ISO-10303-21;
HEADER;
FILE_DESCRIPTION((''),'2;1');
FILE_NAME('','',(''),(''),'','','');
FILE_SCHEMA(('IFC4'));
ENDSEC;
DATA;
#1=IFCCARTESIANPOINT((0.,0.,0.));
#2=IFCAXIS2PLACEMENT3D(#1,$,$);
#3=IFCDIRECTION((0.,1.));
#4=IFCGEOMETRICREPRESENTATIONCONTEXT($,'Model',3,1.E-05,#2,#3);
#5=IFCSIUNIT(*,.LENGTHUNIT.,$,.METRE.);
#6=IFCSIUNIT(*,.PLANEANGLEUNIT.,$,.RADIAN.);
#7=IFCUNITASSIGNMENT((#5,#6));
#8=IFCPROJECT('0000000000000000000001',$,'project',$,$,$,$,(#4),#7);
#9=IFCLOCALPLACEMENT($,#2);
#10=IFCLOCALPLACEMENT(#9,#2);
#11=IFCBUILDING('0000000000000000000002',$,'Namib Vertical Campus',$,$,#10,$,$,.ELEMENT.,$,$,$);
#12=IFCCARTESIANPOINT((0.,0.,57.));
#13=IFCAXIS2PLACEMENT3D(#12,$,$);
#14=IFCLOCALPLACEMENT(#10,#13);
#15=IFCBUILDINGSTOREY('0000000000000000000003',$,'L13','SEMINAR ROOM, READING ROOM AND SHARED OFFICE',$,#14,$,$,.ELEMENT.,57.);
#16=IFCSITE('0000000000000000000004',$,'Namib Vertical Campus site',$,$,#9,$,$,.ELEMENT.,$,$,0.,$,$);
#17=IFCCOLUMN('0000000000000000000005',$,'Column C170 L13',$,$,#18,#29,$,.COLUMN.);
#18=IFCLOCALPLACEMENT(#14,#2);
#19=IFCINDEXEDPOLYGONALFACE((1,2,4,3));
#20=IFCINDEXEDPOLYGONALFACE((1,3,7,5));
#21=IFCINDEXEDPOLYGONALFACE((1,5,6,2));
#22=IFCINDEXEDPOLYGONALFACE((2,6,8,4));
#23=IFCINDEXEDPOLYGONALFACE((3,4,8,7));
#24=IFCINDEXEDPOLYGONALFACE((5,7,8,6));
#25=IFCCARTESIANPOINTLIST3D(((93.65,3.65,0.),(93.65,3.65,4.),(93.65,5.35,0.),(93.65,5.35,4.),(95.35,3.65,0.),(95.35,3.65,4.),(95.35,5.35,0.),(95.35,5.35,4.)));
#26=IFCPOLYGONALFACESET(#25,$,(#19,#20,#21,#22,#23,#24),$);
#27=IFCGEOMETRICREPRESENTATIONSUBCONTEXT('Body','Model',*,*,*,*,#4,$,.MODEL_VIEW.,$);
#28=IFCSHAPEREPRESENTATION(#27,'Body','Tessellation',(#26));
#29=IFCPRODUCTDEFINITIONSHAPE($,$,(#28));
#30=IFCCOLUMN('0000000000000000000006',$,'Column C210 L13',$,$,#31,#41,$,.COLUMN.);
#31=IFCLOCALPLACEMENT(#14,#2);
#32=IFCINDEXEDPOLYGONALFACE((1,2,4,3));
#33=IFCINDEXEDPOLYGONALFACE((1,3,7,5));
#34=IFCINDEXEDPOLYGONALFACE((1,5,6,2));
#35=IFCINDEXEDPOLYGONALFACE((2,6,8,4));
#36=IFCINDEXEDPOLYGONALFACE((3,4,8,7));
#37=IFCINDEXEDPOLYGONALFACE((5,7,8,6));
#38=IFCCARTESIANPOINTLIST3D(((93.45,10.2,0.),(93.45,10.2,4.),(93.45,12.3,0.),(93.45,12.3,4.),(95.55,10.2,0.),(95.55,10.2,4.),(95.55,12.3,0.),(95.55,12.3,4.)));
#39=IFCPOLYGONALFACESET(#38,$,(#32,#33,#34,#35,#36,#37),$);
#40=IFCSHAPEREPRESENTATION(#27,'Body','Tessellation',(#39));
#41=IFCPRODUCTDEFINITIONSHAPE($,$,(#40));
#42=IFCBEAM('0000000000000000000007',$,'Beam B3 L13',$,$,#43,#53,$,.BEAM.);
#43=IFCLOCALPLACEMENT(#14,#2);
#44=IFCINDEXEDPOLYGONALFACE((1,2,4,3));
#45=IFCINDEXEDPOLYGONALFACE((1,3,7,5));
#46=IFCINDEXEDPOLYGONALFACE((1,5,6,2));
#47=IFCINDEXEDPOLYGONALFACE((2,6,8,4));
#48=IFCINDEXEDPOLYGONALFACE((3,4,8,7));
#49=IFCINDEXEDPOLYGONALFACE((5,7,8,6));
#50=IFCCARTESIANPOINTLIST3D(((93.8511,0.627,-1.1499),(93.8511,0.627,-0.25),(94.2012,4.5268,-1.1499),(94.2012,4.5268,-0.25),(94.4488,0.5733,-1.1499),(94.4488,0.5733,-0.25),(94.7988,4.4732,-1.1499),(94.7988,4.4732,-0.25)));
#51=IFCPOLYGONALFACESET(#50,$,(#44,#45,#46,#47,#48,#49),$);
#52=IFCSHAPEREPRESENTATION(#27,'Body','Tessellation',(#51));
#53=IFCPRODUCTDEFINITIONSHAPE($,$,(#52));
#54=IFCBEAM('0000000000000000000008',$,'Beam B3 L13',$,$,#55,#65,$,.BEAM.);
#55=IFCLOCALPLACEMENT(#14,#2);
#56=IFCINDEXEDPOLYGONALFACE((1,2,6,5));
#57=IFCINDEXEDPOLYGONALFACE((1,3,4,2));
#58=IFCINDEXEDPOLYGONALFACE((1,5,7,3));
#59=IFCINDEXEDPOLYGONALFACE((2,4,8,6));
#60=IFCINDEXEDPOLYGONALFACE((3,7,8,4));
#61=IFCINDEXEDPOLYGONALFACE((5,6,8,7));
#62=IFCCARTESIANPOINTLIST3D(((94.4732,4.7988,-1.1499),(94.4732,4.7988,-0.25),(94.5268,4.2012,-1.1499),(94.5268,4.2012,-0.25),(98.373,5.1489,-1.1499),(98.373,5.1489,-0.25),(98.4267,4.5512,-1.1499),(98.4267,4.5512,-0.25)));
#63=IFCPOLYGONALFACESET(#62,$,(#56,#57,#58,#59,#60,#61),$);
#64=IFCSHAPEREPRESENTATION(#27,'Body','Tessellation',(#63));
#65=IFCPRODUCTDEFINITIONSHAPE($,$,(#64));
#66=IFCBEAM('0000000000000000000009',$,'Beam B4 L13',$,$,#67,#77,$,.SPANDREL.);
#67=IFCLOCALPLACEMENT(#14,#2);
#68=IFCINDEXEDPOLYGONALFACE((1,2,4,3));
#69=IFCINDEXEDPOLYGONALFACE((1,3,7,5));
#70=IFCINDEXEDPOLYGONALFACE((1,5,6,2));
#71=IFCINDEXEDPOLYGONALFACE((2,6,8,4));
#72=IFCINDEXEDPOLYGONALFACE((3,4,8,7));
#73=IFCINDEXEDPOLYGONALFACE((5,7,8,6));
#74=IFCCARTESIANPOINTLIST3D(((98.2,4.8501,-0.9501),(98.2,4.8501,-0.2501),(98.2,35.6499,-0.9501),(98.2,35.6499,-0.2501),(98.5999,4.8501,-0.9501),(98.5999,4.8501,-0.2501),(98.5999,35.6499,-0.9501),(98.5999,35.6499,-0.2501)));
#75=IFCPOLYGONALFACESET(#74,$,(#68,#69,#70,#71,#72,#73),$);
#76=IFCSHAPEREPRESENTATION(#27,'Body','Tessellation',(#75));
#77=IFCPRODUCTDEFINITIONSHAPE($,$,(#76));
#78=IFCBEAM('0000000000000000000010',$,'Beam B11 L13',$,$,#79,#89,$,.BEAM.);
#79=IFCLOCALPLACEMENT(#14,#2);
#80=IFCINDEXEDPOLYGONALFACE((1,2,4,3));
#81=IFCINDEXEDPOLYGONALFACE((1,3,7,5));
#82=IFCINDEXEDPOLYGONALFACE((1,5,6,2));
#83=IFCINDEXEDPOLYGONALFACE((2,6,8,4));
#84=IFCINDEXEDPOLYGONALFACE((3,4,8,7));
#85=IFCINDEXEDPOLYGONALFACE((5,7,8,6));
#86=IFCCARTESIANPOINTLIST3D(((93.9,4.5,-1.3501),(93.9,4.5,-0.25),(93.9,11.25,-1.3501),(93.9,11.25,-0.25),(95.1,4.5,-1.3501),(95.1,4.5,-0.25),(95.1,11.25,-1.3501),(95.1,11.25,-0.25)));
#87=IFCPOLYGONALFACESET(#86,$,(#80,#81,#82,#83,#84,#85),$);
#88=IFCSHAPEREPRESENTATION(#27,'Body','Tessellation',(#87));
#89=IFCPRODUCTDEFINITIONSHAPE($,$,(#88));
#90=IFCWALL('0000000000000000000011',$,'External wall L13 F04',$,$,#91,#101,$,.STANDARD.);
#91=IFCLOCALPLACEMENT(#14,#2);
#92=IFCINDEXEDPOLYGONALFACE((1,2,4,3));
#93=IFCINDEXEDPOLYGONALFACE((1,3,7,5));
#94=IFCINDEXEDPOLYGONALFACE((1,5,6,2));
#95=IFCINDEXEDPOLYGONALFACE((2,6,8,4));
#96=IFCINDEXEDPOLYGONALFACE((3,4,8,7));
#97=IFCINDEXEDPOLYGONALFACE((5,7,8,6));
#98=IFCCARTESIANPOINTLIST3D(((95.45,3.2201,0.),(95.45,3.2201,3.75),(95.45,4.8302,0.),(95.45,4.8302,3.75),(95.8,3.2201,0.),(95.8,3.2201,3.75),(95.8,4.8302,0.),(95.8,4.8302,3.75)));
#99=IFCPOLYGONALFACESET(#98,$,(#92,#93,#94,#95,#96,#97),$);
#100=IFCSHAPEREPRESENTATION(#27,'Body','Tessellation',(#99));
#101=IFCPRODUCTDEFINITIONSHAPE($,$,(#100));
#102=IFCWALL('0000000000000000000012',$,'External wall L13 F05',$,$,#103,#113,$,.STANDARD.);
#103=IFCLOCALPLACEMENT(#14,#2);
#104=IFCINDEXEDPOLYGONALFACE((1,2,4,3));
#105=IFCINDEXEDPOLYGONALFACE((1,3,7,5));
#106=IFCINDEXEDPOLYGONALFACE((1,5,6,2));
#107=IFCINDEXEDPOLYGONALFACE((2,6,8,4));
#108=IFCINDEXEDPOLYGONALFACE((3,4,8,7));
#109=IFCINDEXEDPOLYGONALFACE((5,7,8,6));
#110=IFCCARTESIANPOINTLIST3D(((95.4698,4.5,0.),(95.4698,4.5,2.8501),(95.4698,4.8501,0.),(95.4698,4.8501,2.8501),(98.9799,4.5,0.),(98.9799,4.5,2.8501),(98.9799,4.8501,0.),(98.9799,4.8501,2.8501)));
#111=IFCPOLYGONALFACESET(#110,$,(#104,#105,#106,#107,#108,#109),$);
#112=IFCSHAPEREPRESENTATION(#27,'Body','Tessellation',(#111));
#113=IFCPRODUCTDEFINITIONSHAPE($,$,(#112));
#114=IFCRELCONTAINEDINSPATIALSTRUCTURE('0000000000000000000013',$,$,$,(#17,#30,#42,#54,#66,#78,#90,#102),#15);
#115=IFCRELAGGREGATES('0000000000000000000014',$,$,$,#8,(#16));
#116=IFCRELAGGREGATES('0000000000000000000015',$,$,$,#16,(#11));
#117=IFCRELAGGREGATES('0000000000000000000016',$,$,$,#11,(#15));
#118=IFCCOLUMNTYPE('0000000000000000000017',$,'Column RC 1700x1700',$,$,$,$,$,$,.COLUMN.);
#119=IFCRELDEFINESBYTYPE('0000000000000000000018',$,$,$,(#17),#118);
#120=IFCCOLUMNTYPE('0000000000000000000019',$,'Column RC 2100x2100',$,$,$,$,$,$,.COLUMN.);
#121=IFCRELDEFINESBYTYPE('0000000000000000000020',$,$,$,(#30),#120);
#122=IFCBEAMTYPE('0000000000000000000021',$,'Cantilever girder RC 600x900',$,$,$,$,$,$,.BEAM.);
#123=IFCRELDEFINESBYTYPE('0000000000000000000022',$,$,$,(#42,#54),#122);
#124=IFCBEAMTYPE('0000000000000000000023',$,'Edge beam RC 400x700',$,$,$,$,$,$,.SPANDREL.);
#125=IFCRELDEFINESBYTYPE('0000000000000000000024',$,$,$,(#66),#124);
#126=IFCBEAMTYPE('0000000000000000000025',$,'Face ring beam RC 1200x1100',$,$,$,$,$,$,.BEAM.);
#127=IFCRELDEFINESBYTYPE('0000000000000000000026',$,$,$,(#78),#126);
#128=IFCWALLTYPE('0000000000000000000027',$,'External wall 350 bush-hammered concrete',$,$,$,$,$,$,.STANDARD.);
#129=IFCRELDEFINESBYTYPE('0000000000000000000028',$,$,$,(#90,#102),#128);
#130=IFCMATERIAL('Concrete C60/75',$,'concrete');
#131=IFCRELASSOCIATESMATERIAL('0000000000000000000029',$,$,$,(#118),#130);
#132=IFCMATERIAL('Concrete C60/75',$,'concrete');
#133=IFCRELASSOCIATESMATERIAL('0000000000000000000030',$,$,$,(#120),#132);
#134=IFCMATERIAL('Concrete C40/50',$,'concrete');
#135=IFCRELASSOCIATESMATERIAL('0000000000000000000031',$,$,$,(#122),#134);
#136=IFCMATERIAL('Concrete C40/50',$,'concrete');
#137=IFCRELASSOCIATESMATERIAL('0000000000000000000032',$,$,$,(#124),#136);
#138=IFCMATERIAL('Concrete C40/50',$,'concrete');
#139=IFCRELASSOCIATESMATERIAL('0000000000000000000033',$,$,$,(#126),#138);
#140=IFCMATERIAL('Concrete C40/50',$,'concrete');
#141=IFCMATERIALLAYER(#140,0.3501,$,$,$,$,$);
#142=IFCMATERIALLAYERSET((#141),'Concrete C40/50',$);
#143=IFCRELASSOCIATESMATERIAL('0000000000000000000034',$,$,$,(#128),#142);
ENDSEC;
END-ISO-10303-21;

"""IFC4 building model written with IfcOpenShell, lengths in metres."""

from ifc_helpers import new_model, si_unit, direction, frame, frame_2d, origin, origin_2d, place, context, subcontext, project, spatial, rectangle, extrude, material, layer, layer_set, material_profile, profile_set, type_object, element, save


model = new_model("IFC4")

# Units and contexts
model_context = context("Model", 3, precision=1e-05, world=origin(), true_north=direction((0.0, 1.0)))
body_context = subcontext(model_context, "Body", "Model", "MODEL_VIEW")
ifc_project = project(units=[si_unit("LENGTHUNIT", "METRE"), si_unit("PLANEANGLEUNIT", "RADIAN")], contexts=[model_context])

# Site, building, storey
site_placement = place(None, origin())
site = spatial("IfcSite", under=ifc_project, at=site_placement, Name="Namib Vertical Campus site", CompositionType="ELEMENT", RefElevation=0.0)
building_placement = place(site_placement, origin())
building = spatial("IfcBuilding", under=site, at=building_placement, Name="Namib Vertical Campus", CompositionType="ELEMENT")
storey_placement = place(building_placement, frame((0.0, 0.0, 57.0)))
storey = spatial("IfcBuildingStorey", under=building, at=storey_placement, Name="L13", Description="SEMINAR ROOM, READING ROOM AND SHARED OFFICE", CompositionType="ELEMENT", Elevation=57.0)

# Columns
ifc_material_1 = material(Name="Concrete C60/75", Category="concrete")
ifc_material_profile_1 = material_profile(ifc_material_1, rectangle(XDim=1.7, YDim=1.7, at=origin_2d()))
ifc_profile_set_1 = profile_set([ifc_material_profile_1], Name="Concrete C60/75")
column_type_1 = type_object("IfcColumnType", Name="Column RC 1700x1700", PredefinedType="COLUMN", material=ifc_profile_set_1)
column_1_placement = place(storey_placement, frame((94.5, 4.5, 0.0), z_axis=(0.0, 0.0, 1.0), x_axis=(1.0, 0.0, 0.0)))
element("IfcColumn", 1, at=column_1_placement, inside=storey, type_object=column_type_1, Name="Column C170 L13", PredefinedType="COLUMN", context=body_context, shape_type="SweptSolid", body=[
    extrude(rectangle(XDim=1.7, YDim=1.7, at=origin_2d()), origin(), (0.0, 0.0, 1.0), 4.0),
])
ifc_material_2 = material(Name="Concrete C60/75", Category="concrete")
ifc_material_profile_2 = material_profile(ifc_material_2, rectangle(XDim=2.1001, YDim=2.1001, at=origin_2d()))
ifc_profile_set_2 = profile_set([ifc_material_profile_2], Name="Concrete C60/75")
column_type_2 = type_object("IfcColumnType", Name="Column RC 2100x2100", PredefinedType="COLUMN", material=ifc_profile_set_2)
column_2_placement = place(storey_placement, frame((94.5, 11.25, 0.0), z_axis=(0.0, 0.0, 1.0), x_axis=(1.0, 0.0, 0.0)))
element("IfcColumn", 2, at=column_2_placement, inside=storey, type_object=column_type_2, Name="Column C210 L13", PredefinedType="COLUMN", context=body_context, shape_type="SweptSolid", body=[
    extrude(rectangle(XDim=2.1001, YDim=2.1001, at=origin_2d()), origin(), (0.0, 0.0, 1.0), 4.0),
])

# Beams
ifc_material_3 = material(Name="Concrete C40/50", Category="concrete")
ifc_material_profile_3 = material_profile(ifc_material_3, rectangle(XDim=0.6001, YDim=0.8999, at=origin_2d()))
ifc_profile_set_3 = profile_set([ifc_material_profile_3], Name="Concrete C40/50")
beam_type_1 = type_object("IfcBeamType", Name="Cantilever girder RC 600x900", PredefinedType="BEAM", material=ifc_profile_set_3)
for number, where, z_axis, x_axis, name in (
    (3, (94.5, 4.5, -0.7), (-0.089411, -0.995995, 0.0), (0.995995, -0.089411, 0.0), "Beam B3 L13"),
    (4, (94.5, 4.5, -0.7), (0.995995, 0.089411, 0.0), (-0.089411, 0.995995, 0.0), "Beam B3 L13"),
):
    element("IfcBeam", number, at=place(storey_placement, frame(where, z_axis=z_axis, x_axis=x_axis)), inside=storey, type_object=beam_type_1, Name=name, PredefinedType="BEAM", context=body_context, shape_type="SweptSolid", body=[
        extrude(rectangle(XDim=0.6001, YDim=0.8999, at=origin_2d()), origin(), (0.0, 0.0, 1.0), 3.9155),
    ])
ifc_material_4 = material(Name="Concrete C40/50", Category="concrete")
ifc_material_profile_4 = material_profile(ifc_material_4, rectangle(XDim=0.3999, YDim=0.7, at=origin_2d()))
ifc_profile_set_4 = profile_set([ifc_material_profile_4], Name="Concrete C40/50")
beam_type_2 = type_object("IfcBeamType", Name="Edge beam RC 400x700", PredefinedType="SPANDREL", material=ifc_profile_set_4)
beam_1_placement = place(storey_placement, frame((98.3999, 4.8501, -0.6001), z_axis=(0.0, 1.0, 0.0), x_axis=(-1.0, 0.0, 0.0)))
element("IfcBeam", 5, at=beam_1_placement, inside=storey, type_object=beam_type_2, Name="Beam B4 L13", PredefinedType="SPANDREL", context=body_context, shape_type="SweptSolid", body=[
    extrude(rectangle(XDim=0.3999, YDim=0.7, at=origin_2d()), origin(), (0.0, 0.0, 1.0), 30.7998),
])
ifc_material_5 = material(Name="Concrete C40/50", Category="concrete")
ifc_material_profile_5 = material_profile(ifc_material_5, rectangle(XDim=1.2, YDim=1.1001, at=origin_2d()))
ifc_profile_set_5 = profile_set([ifc_material_profile_5], Name="Concrete C40/50")
beam_type_3 = type_object("IfcBeamType", Name="Face ring beam RC 1200x1100", PredefinedType="BEAM", material=ifc_profile_set_5)
beam_2_placement = place(storey_placement, frame((94.5, 4.5, -0.8), z_axis=(0.0, 1.0, 0.0), x_axis=(-1.0, 0.0, 0.0)))
element("IfcBeam", 6, at=beam_2_placement, inside=storey, type_object=beam_type_3, Name="Beam B11 L13", PredefinedType="BEAM", context=body_context, shape_type="SweptSolid", body=[
    extrude(rectangle(XDim=1.2, YDim=1.1001, at=origin_2d()), origin(), (0.0, 0.0, 1.0), 6.75),
])

# Walls
ifc_material_6 = material(Name="Concrete C40/50", Category="concrete")
ifc_layer_1 = layer(ifc_material_6, 0.3501)
ifc_layer_set_1 = layer_set([ifc_layer_1], Name="Concrete C40/50")
wall_type = type_object("IfcWallType", Name="External wall 350 bush-hammered concrete", PredefinedType="STANDARD", material=ifc_layer_set_1)
wall_1_placement = place(storey_placement, frame((95.625, 3.22, 0.0), z_axis=(0.0, 0.0, 1.0), x_axis=(0.0, 1.0, 0.0)))
element("IfcWall", 7, at=wall_1_placement, inside=storey, type_object=wall_type, Name="External wall L13 F04", PredefinedType="STANDARD", context=body_context, shape_type="SweptSolid", body=[
    extrude(rectangle(XDim=1.6101, YDim=0.3501, at=frame_2d((0.8052, 0.0))), origin(), (0.0, 0.0, 1.0), 3.75),
])
wall_2_placement = place(storey_placement, frame((95.47, 4.675, 0.0), z_axis=(0.0, 0.0, 1.0), x_axis=(1.0, 0.0, 0.0)))
element("IfcWall", 8, at=wall_2_placement, inside=storey, type_object=wall_type, Name="External wall L13 F05", PredefinedType="STANDARD", context=body_context, shape_type="SweptSolid", body=[
    extrude(rectangle(XDim=3.51, YDim=0.3501, at=frame_2d((1.7549, 0.0))), origin(), (0.0, 0.0, 1.0), 2.8501),
])

save(model, "model.ifc")
